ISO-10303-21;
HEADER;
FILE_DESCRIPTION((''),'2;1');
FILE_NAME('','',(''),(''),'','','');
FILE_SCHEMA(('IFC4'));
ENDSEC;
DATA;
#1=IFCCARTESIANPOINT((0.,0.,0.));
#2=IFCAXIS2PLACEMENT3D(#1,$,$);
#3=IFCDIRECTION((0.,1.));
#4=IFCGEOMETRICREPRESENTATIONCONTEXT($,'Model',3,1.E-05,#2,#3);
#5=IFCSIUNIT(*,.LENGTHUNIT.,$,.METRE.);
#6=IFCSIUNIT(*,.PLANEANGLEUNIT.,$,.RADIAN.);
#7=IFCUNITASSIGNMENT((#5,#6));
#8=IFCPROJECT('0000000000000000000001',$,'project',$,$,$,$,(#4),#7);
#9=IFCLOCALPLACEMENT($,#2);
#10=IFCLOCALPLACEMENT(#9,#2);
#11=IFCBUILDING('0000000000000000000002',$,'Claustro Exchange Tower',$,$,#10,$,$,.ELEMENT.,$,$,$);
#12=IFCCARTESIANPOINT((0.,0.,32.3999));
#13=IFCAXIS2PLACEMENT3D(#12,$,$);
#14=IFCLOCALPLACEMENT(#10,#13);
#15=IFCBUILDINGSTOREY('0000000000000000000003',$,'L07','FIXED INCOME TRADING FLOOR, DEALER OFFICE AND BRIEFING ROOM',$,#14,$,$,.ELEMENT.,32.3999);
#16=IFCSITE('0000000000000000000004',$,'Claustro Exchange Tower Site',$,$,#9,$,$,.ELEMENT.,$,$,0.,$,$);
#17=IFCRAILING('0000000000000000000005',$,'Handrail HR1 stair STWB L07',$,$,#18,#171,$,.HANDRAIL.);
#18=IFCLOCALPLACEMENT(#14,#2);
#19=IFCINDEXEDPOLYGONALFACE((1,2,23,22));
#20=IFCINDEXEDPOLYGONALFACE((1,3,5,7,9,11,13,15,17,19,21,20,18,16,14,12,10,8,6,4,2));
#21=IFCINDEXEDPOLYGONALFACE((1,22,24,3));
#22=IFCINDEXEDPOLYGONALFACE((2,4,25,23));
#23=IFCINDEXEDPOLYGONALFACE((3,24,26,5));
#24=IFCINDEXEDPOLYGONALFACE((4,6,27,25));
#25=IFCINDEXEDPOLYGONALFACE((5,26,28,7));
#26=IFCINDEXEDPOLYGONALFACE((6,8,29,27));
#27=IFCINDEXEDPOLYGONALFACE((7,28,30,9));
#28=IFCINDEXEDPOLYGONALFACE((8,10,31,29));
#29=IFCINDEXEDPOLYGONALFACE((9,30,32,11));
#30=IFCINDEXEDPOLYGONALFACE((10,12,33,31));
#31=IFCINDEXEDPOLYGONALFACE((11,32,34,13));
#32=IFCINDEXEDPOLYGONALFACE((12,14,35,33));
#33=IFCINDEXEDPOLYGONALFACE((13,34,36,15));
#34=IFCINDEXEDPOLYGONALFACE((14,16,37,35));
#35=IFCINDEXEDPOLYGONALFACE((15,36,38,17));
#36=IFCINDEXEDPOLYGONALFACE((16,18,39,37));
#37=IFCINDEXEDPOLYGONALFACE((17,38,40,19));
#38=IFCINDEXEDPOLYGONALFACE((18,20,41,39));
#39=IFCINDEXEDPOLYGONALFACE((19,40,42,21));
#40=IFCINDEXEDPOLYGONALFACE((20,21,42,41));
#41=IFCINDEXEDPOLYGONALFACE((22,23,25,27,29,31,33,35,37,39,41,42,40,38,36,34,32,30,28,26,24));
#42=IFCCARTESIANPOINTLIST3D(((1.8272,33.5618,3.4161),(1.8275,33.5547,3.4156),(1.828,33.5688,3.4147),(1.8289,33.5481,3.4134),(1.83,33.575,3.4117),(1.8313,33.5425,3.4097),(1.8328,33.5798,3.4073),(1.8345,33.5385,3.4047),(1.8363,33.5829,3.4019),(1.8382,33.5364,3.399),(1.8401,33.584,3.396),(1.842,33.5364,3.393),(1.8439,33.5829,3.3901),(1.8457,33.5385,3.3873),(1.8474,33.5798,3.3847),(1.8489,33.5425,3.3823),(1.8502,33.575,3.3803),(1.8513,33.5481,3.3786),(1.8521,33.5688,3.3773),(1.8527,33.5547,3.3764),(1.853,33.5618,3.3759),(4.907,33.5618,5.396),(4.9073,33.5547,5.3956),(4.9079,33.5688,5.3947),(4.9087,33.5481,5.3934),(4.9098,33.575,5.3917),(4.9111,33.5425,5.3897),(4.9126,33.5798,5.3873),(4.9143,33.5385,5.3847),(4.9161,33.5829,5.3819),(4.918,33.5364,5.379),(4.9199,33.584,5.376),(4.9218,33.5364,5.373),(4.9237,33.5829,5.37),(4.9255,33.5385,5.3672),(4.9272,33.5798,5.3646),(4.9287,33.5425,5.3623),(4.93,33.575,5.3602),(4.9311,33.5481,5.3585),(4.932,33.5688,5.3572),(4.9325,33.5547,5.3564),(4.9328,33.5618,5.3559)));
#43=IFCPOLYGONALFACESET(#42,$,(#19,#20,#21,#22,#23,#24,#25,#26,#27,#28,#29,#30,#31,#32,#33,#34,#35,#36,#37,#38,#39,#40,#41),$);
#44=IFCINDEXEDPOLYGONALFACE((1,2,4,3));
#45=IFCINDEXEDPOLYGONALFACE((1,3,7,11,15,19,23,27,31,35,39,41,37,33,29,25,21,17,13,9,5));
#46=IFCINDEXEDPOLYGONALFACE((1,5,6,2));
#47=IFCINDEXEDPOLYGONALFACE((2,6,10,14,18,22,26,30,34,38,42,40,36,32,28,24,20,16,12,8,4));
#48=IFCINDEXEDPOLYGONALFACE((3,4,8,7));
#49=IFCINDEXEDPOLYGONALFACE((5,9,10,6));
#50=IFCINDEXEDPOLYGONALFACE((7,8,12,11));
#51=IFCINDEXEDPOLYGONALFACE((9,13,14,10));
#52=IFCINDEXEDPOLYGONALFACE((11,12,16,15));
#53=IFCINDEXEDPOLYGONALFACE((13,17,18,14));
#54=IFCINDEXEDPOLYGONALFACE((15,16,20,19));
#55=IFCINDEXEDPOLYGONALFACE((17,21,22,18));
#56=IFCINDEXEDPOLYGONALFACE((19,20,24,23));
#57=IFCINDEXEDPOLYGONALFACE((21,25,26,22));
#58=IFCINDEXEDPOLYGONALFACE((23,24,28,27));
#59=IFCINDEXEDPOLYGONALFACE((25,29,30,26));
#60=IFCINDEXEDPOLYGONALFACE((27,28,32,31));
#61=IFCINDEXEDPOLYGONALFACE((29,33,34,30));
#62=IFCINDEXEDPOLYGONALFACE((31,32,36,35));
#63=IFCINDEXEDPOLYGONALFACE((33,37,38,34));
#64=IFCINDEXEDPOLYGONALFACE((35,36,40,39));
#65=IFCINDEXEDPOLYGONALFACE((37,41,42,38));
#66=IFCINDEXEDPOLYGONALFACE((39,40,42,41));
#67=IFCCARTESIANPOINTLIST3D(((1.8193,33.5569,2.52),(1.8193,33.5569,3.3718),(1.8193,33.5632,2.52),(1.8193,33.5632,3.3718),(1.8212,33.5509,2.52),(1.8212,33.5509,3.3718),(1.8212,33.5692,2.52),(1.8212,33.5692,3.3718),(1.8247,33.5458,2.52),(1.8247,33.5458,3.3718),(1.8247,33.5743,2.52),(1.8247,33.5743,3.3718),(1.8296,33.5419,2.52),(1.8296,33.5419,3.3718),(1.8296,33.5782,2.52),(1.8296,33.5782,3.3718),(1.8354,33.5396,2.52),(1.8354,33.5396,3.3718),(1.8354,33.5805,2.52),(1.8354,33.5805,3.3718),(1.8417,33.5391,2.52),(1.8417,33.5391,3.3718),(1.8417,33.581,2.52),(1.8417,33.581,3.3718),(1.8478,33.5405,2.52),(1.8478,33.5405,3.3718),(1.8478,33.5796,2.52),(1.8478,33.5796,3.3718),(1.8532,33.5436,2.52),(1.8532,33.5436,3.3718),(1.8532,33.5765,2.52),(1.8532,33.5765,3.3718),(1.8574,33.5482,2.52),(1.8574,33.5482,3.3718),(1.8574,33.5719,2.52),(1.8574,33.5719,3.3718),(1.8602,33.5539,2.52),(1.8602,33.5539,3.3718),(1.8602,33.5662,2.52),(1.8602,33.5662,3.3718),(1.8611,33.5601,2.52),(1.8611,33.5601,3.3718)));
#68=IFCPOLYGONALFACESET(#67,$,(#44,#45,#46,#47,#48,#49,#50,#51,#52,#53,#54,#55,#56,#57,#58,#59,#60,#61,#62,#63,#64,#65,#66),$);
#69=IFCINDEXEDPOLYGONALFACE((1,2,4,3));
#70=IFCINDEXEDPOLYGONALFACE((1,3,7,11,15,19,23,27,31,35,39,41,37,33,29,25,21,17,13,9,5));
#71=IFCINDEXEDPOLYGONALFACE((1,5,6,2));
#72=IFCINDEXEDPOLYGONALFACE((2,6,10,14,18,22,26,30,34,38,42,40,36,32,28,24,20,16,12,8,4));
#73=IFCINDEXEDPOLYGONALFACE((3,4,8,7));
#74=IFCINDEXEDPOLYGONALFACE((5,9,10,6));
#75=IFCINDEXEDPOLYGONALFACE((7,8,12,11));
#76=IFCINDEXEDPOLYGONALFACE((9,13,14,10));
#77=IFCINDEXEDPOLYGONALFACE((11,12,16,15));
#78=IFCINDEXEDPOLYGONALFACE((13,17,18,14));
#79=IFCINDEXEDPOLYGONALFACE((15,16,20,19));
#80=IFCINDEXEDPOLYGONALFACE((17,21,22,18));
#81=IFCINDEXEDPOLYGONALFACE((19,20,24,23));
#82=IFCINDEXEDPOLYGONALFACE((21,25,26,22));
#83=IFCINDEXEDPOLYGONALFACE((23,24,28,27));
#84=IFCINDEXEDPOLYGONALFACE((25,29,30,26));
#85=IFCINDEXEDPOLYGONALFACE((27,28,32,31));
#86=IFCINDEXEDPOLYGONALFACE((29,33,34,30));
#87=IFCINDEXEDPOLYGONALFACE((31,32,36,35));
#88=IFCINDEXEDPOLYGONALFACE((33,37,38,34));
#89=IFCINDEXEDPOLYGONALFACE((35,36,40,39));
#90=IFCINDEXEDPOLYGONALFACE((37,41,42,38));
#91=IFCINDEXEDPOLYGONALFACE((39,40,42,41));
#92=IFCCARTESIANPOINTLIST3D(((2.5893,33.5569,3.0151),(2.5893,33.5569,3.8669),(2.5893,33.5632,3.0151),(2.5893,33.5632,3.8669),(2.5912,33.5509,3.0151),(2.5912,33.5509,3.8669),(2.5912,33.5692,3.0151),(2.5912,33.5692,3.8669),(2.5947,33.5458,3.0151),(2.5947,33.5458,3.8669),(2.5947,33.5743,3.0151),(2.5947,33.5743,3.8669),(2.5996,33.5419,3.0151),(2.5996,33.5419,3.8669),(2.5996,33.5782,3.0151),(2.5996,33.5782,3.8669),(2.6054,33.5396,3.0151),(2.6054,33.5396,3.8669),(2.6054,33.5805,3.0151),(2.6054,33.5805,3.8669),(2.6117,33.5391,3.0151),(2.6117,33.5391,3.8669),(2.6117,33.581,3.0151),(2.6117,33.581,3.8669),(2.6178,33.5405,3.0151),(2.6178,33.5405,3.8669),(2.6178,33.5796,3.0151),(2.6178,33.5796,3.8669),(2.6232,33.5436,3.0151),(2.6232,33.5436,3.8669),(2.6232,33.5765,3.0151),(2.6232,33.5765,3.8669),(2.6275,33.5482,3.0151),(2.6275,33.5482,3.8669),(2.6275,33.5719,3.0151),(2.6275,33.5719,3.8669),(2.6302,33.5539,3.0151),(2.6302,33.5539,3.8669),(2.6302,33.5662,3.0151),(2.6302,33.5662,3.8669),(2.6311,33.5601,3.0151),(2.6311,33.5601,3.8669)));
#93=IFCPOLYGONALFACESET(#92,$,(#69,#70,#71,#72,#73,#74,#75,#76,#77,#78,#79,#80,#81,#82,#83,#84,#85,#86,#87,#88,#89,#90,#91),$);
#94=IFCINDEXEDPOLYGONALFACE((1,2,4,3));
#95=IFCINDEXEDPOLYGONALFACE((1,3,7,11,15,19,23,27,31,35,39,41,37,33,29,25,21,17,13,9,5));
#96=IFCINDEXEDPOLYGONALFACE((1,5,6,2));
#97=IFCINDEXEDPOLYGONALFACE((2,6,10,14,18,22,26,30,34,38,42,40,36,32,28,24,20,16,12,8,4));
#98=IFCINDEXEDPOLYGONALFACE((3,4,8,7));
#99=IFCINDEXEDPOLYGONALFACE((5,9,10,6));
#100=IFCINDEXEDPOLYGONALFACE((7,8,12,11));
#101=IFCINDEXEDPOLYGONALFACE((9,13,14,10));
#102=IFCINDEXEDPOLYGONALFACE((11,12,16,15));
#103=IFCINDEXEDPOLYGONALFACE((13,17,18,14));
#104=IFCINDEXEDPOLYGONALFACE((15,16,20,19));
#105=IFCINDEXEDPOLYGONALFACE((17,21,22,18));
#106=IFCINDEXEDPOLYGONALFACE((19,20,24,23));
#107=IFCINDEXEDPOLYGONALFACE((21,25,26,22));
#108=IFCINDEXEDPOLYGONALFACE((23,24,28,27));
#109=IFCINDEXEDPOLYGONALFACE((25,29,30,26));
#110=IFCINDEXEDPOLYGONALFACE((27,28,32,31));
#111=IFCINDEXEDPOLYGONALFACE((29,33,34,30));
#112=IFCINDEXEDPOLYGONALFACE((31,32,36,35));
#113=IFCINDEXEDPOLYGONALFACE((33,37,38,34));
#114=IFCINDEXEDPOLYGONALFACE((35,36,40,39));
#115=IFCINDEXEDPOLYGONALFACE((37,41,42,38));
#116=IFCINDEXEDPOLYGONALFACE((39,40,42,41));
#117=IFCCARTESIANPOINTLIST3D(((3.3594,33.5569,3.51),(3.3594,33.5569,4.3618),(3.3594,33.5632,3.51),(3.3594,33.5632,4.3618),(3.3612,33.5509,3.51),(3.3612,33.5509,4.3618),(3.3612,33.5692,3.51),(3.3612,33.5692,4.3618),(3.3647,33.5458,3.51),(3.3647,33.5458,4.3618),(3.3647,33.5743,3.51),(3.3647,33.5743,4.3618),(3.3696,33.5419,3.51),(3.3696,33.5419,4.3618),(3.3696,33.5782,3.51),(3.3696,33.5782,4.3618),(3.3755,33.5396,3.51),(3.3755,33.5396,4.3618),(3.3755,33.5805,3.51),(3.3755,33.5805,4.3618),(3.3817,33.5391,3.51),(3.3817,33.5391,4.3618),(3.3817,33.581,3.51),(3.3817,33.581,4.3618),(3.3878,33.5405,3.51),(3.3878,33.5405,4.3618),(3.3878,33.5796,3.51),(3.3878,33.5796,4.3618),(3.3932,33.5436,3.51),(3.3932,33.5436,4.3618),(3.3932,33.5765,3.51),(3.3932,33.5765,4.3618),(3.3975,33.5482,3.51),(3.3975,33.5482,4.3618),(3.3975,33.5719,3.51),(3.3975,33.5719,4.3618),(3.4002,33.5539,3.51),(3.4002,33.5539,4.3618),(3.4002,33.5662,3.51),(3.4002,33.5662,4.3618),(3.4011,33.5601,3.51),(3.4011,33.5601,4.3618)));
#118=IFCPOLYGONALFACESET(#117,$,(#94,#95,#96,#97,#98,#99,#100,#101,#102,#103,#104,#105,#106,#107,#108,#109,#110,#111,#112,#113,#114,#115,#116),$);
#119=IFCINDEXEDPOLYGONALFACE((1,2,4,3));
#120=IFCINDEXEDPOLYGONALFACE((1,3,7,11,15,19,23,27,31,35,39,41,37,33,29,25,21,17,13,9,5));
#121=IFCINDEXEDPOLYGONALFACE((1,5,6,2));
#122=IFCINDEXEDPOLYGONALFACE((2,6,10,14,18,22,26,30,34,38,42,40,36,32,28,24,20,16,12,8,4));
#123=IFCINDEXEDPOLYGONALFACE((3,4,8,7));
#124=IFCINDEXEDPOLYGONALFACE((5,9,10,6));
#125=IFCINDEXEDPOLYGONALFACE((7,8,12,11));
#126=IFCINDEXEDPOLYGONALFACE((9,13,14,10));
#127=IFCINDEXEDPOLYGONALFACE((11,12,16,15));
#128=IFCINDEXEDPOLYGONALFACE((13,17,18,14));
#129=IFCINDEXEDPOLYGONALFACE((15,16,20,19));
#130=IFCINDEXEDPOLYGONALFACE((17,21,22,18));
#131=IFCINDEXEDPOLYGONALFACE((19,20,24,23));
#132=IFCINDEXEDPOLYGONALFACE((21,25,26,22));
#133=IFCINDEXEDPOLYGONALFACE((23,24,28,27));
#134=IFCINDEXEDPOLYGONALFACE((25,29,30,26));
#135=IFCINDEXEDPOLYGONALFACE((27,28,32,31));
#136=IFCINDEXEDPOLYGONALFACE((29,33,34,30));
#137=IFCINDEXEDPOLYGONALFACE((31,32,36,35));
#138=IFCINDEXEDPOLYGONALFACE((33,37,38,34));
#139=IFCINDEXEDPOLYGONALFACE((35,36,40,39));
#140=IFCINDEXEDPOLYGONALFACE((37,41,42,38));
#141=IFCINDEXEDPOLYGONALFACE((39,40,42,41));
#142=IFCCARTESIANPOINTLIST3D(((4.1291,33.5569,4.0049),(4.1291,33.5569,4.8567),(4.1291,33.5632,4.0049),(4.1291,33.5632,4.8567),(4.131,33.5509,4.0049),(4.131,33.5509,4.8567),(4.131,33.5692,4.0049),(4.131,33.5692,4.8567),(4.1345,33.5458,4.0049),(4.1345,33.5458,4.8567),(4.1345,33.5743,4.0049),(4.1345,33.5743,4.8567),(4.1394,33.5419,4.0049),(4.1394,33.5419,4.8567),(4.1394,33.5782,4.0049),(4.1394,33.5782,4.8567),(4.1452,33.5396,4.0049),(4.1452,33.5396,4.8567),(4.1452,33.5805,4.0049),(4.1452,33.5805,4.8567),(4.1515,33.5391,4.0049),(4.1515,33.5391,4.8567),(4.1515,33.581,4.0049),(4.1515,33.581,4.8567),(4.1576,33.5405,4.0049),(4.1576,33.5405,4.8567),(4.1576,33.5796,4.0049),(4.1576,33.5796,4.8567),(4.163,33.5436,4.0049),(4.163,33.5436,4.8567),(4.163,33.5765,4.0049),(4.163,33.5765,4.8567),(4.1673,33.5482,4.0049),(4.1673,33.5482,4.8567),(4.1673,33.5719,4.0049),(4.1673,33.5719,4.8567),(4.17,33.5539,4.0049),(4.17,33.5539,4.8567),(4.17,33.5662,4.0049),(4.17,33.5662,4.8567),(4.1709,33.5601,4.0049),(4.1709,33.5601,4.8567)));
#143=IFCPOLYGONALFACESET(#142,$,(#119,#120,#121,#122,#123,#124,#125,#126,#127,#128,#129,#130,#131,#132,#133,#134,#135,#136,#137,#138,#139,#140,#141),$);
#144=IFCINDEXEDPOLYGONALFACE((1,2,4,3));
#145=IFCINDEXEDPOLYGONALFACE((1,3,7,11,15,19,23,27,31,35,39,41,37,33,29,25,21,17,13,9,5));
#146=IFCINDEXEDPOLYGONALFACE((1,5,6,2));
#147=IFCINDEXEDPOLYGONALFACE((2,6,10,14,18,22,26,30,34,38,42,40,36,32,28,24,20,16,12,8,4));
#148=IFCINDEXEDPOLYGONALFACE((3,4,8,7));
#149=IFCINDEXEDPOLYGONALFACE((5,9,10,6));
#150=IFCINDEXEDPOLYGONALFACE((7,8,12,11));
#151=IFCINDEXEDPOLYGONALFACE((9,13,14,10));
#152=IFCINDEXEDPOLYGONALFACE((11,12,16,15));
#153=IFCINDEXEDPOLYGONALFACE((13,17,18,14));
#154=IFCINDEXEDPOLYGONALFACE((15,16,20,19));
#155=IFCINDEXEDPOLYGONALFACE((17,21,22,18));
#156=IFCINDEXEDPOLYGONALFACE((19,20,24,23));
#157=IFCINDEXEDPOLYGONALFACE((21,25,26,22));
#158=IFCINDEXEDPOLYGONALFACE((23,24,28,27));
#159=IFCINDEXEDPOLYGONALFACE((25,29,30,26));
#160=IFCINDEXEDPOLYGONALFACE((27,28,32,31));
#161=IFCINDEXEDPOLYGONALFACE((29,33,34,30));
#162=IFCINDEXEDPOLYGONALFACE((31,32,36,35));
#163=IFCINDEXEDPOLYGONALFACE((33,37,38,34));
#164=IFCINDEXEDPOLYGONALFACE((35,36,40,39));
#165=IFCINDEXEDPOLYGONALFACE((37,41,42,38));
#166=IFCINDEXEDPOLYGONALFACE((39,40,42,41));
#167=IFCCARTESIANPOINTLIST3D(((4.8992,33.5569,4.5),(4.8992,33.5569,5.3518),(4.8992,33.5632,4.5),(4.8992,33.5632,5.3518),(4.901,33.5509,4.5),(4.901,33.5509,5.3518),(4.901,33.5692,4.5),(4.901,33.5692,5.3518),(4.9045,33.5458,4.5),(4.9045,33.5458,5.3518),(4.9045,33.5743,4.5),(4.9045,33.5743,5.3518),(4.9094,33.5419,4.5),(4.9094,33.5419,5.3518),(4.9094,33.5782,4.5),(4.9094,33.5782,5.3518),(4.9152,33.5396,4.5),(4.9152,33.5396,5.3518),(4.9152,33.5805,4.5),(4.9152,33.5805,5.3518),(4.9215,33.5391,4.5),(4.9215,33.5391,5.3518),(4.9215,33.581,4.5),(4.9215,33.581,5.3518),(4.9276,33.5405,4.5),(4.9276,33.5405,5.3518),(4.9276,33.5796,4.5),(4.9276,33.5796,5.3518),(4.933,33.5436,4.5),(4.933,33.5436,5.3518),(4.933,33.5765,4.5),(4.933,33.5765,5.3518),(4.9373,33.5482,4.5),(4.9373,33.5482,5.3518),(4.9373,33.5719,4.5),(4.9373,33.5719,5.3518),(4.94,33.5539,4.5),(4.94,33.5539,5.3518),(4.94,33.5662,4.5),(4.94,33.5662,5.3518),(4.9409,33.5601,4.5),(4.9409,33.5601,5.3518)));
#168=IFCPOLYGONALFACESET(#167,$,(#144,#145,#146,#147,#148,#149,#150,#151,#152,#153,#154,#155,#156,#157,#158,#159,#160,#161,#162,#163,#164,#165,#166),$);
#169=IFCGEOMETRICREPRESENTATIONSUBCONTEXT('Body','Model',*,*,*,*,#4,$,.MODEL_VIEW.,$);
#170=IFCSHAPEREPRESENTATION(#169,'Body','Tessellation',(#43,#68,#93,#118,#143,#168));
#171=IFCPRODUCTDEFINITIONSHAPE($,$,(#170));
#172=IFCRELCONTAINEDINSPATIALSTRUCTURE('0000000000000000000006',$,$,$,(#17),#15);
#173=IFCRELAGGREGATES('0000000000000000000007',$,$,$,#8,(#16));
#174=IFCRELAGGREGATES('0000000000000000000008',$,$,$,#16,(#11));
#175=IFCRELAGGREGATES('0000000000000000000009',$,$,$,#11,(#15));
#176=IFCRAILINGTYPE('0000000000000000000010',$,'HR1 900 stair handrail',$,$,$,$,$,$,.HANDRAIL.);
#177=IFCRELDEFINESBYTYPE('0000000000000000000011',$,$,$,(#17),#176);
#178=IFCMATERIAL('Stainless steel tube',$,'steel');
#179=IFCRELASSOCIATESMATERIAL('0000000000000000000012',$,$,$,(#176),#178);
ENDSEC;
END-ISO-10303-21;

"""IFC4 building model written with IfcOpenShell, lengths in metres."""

from ifc_helpers import new_model, si_unit, direction, frame, origin, origin_2d, place, context, subcontext, project, spatial, circle, extrude, material, type_object, element, save


model = new_model("IFC4")

# Units and contexts
model_context = context("Model", 3, precision=1e-05, world=origin(), true_north=direction((0.0, 1.0)))
body_context = subcontext(model_context, "Body", "Model", "MODEL_VIEW")
ifc_project = project(units=[si_unit("LENGTHUNIT", "METRE"), si_unit("PLANEANGLEUNIT", "RADIAN")], contexts=[model_context])

# Site, building, storey
site_placement = place(None, origin())
site = spatial("IfcSite", under=ifc_project, at=site_placement, Name="Claustro Exchange Tower Site", CompositionType="ELEMENT", RefElevation=0.0)
building_placement = place(site_placement, origin())
building = spatial("IfcBuilding", under=site, at=building_placement, Name="Claustro Exchange Tower", CompositionType="ELEMENT")
storey_placement = place(building_placement, frame((0.0, 0.0, 32.3999)))
storey = spatial("IfcBuildingStorey", under=building, at=storey_placement, Name="L07", Description="FIXED INCOME TRADING FLOOR, DEALER OFFICE AND BRIEFING ROOM", CompositionType="ELEMENT", Elevation=32.3999)

# Railing
ifc_material_1 = material(Name="Stainless steel tube", Category="steel")
railing_type_1 = type_object("IfcRailingType", Name="HR1 900 stair handrail", PredefinedType="HANDRAIL", material=ifc_material_1)
railing_1_placement = place(storey_placement, frame((1.8401, 33.5601, 2.52)))
element("IfcRailing", 1, at=railing_1_placement, inside=storey, type_object=railing_type_1, Name="Handrail HR1 stair STWB L07", PredefinedType="HANDRAIL", context=body_context, shape_type="SweptSolid", body=[
    extrude(circle(Radius=0.0239, at=origin_2d()), frame((0.0, 0.0, 0.876), z_axis=(0.841168, 0.0, 0.540774), x_axis=(0.0, 1.0, 0.0)), (0.0, 0.0, 1.0), 3.6614),
    extrude(circle(Radius=0.021, at=origin_2d()), origin(), (0.0, 0.0, 1.0), 0.8518),
    extrude(circle(Radius=0.021, at=origin_2d()), frame((0.77, 0.0, 0.4951)), (0.0, 0.0, 1.0), 0.8518),
    extrude(circle(Radius=0.021, at=origin_2d()), frame((1.54, 0.0, 0.99)), (0.0, 0.0, 1.0), 0.8518),
    extrude(circle(Radius=0.021, at=origin_2d()), frame((2.3098, 0.0, 1.4849)), (0.0, 0.0, 1.0), 0.8518),
    extrude(circle(Radius=0.021, at=origin_2d()), frame((3.0798, 0.0, 1.98)), (0.0, 0.0, 1.0), 0.8518),
])

save(model, "model.ifc")
